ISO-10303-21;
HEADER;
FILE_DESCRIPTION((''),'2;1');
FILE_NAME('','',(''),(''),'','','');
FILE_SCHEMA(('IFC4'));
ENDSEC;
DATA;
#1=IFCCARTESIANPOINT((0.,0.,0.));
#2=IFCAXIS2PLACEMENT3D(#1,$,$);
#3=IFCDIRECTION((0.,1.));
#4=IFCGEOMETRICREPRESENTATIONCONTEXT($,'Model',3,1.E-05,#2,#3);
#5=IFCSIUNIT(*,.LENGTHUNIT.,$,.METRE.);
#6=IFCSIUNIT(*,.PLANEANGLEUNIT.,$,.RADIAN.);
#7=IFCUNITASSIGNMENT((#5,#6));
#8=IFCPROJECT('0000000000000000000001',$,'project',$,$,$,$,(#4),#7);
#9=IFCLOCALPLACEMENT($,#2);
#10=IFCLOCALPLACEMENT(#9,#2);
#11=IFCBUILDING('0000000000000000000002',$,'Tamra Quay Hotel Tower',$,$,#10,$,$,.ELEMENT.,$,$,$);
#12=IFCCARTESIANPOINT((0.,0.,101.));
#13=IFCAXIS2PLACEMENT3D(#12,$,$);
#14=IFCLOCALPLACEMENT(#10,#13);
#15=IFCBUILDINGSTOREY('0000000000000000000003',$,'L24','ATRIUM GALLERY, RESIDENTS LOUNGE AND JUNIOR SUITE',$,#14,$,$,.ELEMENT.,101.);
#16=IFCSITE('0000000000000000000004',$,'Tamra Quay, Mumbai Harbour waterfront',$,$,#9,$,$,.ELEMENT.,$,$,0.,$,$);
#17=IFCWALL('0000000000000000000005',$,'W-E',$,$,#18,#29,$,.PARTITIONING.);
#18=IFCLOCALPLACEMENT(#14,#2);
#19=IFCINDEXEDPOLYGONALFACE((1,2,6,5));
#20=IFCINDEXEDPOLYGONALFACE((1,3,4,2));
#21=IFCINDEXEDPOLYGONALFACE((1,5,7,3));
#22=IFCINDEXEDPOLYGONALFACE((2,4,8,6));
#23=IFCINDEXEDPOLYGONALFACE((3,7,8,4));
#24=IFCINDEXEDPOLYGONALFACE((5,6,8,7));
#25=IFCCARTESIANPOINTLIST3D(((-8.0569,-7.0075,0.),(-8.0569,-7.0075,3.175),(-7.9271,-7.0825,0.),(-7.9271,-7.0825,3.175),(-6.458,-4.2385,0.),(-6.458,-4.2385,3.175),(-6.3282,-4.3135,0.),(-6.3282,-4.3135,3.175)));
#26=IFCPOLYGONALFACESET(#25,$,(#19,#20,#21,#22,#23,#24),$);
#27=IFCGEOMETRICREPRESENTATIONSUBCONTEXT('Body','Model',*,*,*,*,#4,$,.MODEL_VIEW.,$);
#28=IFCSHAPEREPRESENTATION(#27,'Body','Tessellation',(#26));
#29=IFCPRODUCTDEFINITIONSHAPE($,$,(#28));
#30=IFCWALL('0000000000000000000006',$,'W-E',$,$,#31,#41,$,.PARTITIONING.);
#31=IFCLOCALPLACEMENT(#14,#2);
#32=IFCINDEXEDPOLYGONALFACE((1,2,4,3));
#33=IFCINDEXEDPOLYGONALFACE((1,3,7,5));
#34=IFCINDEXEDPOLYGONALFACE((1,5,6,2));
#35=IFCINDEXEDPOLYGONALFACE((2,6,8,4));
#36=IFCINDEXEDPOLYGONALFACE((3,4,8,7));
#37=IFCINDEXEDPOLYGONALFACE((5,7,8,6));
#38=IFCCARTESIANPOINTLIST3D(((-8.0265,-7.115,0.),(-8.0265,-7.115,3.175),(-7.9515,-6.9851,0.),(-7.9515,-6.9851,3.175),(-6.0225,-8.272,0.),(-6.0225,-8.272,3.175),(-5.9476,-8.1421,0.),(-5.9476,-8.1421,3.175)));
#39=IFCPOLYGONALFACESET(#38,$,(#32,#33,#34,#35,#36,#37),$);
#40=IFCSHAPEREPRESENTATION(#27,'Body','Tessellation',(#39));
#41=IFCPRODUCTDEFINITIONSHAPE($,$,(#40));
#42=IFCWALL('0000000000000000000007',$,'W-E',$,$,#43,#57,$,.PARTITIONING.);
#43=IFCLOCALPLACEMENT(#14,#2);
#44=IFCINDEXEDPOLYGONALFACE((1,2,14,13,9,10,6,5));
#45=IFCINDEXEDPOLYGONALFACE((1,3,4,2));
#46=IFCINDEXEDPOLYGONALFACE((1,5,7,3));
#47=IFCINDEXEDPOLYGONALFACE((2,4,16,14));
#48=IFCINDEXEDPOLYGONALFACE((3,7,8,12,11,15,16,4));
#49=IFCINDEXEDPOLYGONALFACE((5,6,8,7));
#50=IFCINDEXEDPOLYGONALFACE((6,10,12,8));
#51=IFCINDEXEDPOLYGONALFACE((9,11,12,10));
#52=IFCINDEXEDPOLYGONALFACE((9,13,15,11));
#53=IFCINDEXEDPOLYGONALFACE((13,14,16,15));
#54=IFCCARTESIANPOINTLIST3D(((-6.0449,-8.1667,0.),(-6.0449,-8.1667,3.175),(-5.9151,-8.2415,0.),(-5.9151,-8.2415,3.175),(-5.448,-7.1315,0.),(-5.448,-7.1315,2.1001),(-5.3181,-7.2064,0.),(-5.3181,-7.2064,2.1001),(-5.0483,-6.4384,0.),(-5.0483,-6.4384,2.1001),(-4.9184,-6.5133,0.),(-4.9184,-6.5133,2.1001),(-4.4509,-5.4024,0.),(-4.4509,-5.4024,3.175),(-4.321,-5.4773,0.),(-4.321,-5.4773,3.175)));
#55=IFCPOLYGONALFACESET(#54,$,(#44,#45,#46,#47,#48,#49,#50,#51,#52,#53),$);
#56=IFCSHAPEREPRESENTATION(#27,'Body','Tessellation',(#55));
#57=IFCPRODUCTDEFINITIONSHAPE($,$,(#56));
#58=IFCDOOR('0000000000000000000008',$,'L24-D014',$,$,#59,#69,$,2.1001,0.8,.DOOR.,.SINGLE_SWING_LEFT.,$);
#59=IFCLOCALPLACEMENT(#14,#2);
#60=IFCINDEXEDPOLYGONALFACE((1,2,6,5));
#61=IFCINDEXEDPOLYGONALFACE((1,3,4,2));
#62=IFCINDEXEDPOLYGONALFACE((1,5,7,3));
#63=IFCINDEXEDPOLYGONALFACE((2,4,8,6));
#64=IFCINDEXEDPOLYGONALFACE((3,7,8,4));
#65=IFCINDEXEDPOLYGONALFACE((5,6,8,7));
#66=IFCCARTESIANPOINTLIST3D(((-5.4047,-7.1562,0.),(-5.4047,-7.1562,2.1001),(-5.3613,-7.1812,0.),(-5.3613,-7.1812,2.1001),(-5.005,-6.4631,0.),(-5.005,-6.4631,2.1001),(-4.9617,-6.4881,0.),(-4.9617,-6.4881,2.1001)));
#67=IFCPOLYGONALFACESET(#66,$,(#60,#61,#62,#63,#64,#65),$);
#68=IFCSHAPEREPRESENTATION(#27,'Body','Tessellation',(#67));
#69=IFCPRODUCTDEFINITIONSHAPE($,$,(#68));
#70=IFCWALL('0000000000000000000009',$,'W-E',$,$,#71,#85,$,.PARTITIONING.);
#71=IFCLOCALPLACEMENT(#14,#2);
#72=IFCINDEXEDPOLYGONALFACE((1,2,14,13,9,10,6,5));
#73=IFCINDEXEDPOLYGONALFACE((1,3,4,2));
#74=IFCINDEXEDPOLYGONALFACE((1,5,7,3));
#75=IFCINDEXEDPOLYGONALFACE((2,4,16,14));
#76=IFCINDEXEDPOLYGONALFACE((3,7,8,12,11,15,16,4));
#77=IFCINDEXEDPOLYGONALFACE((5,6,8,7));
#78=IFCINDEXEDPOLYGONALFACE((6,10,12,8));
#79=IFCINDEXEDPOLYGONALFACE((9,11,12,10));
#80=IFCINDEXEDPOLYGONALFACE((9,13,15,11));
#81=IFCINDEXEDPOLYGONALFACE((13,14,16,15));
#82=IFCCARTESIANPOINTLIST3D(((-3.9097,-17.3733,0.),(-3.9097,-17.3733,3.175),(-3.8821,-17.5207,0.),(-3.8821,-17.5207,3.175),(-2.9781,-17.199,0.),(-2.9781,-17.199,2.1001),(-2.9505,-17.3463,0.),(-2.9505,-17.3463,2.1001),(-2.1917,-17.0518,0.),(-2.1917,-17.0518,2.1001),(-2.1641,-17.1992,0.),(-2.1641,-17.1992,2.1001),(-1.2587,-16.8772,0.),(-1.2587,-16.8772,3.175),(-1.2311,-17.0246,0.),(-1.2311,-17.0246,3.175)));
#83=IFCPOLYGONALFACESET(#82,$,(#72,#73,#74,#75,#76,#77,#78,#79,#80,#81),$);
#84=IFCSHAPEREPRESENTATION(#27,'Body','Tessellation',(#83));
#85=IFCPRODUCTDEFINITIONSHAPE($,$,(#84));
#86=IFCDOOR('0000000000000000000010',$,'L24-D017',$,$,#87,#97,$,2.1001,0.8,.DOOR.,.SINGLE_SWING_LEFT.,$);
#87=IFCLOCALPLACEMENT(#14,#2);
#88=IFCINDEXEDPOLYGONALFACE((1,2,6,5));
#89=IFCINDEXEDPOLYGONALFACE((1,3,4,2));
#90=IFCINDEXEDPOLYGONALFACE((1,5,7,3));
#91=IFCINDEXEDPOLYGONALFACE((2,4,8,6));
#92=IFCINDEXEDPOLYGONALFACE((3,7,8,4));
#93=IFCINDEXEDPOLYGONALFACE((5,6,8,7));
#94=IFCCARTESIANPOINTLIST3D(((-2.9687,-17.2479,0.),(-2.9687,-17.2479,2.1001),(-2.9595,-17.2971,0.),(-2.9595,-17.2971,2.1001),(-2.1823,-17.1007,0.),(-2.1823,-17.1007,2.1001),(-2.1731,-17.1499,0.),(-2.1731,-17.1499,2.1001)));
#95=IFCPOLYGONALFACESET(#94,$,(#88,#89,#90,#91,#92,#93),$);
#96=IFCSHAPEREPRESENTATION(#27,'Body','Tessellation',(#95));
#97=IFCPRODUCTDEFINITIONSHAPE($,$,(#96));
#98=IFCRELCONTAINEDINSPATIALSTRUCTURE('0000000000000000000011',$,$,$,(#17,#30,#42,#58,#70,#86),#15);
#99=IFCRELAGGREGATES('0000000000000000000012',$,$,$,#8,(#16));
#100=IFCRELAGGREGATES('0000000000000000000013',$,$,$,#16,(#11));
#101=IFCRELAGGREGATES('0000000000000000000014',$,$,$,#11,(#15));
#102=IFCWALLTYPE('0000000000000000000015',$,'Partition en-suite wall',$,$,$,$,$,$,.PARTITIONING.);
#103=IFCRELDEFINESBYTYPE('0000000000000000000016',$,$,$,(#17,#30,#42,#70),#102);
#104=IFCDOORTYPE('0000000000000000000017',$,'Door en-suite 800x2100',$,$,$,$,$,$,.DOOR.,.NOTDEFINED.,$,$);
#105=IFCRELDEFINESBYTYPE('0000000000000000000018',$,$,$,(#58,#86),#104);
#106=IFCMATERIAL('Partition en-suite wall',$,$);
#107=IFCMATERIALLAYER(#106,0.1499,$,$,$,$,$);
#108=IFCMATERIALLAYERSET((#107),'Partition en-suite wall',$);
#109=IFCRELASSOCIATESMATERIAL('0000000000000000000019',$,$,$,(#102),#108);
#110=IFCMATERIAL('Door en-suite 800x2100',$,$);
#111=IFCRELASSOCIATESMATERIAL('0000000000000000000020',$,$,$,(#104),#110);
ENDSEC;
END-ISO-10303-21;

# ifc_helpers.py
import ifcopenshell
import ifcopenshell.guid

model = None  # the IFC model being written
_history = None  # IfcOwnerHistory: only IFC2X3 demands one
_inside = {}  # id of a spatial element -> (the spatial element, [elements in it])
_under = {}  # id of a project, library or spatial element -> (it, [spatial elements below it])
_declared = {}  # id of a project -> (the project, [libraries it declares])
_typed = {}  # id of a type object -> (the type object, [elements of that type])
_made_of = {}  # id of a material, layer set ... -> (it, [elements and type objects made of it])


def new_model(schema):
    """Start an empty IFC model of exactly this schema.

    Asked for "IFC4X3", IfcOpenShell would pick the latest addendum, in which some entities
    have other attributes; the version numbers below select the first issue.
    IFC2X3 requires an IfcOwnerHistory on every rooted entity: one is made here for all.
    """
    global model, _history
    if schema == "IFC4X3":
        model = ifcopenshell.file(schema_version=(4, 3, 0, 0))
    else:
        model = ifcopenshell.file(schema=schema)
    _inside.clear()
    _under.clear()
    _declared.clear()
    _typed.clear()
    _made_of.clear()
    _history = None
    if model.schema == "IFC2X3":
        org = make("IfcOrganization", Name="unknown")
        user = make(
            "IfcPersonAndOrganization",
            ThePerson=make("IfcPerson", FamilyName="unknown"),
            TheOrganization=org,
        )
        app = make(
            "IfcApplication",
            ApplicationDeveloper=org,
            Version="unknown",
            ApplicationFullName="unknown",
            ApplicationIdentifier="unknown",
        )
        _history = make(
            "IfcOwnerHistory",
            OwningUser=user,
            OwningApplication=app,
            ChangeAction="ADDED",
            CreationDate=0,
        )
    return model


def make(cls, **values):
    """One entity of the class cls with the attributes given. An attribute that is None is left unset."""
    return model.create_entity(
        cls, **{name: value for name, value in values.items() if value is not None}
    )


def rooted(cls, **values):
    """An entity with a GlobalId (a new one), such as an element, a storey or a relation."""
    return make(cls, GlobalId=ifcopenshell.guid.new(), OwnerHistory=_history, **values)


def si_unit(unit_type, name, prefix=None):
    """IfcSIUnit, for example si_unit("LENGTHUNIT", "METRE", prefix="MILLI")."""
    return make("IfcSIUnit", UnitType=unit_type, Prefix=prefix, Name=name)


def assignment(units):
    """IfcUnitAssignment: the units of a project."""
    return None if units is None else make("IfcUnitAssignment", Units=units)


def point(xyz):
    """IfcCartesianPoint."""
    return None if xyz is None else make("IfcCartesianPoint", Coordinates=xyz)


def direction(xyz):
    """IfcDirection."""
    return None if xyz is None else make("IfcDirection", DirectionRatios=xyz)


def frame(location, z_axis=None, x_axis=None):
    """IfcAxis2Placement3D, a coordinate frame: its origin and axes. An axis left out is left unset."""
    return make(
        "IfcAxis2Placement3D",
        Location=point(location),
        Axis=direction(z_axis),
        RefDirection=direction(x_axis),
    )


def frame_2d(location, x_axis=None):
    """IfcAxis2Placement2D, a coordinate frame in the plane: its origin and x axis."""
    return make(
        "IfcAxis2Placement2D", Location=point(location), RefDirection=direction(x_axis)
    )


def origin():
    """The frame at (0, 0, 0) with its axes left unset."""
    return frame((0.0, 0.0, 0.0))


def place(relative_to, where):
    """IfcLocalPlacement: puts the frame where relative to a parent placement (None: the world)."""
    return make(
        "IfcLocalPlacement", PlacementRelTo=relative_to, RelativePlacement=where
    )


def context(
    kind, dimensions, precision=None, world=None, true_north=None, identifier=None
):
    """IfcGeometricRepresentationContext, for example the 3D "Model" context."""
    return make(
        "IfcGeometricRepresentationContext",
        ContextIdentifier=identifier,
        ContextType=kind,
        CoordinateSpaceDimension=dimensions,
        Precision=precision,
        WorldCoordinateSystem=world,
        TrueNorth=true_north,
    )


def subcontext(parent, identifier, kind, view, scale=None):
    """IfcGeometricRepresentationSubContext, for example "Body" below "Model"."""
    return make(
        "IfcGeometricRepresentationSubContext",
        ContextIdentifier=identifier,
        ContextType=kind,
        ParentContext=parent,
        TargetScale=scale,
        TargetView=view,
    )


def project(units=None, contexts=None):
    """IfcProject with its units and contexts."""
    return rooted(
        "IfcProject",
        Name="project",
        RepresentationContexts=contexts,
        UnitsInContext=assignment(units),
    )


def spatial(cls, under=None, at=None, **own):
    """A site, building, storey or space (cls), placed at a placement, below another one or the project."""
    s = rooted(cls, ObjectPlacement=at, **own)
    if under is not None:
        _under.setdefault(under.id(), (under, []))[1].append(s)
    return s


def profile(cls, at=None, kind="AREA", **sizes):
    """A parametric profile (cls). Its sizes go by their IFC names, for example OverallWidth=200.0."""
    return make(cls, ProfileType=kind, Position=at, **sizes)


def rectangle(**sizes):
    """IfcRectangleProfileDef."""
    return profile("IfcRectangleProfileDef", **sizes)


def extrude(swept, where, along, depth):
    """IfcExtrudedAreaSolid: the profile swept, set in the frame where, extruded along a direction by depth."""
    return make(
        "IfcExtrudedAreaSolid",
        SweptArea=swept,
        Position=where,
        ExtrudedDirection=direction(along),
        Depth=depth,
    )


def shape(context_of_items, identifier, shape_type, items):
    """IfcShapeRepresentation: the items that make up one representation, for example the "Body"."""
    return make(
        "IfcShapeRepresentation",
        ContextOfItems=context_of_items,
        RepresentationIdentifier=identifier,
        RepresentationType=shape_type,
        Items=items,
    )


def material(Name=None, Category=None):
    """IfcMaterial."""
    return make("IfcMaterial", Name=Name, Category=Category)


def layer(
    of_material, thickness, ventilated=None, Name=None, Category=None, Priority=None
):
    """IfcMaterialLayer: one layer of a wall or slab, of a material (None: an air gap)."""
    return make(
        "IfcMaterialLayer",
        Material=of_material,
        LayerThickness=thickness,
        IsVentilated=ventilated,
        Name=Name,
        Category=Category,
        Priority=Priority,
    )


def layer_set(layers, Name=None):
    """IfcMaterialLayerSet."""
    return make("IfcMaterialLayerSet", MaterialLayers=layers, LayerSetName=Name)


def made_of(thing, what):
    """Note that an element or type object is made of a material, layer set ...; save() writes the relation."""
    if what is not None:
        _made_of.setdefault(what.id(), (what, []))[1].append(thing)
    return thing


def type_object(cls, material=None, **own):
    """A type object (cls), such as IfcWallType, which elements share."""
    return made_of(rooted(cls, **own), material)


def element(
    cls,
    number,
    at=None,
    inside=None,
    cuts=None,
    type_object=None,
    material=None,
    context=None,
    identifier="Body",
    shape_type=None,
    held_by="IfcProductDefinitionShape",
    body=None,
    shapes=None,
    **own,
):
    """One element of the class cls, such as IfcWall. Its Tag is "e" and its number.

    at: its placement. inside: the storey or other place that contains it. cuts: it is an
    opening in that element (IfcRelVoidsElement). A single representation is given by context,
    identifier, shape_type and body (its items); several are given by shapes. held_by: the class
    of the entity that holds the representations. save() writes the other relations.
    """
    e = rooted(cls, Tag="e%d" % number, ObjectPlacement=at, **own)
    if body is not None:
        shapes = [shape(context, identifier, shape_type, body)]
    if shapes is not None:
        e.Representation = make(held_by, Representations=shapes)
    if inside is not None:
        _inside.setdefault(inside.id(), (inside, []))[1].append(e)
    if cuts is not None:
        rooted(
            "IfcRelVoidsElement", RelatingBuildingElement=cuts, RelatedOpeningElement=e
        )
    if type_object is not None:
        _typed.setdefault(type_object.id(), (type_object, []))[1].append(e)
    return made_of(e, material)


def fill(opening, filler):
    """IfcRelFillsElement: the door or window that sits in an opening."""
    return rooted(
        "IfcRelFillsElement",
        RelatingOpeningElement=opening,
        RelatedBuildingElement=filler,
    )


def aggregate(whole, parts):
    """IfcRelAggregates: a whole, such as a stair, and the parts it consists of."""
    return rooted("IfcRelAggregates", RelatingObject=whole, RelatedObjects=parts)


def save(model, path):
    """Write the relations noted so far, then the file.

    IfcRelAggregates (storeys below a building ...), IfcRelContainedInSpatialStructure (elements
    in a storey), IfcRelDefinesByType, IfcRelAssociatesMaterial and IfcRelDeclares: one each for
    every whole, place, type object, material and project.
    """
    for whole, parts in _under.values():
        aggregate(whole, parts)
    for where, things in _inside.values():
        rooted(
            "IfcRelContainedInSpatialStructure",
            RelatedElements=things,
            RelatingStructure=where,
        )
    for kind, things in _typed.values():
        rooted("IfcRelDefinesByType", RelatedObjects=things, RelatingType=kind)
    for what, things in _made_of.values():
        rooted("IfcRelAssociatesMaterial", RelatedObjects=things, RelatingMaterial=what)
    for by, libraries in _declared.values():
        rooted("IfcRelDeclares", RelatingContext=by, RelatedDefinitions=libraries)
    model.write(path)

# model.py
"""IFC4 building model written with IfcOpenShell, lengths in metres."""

from ifc_helpers import new_model, si_unit, direction, frame, frame_2d, origin, place, context, subcontext, project, spatial, rectangle, extrude, material, layer, layer_set, type_object, element, fill, save


model = new_model("IFC4")

# Units and contexts
model_context = context("Model", 3, precision=1e-05, world=origin(), true_north=direction((0.0, 1.0)))
body_context = subcontext(model_context, "Body", "Model", "MODEL_VIEW")
ifc_project = project(units=[si_unit("LENGTHUNIT", "METRE"), si_unit("PLANEANGLEUNIT", "RADIAN")], contexts=[model_context])

# Site, building, storey
site_placement = place(None, origin())
site = spatial("IfcSite", under=ifc_project, at=site_placement, Name="Tamra Quay, Mumbai Harbour waterfront", CompositionType="ELEMENT", RefElevation=0.0)
building_placement = place(site_placement, origin())
building = spatial("IfcBuilding", under=site, at=building_placement, Name="Tamra Quay Hotel Tower", CompositionType="ELEMENT")
storey_placement = place(building_placement, frame((0.0, 0.0, 101.0)))
storey = spatial("IfcBuildingStorey", under=building, at=storey_placement, Name="L24", Description="ATRIUM GALLERY, RESIDENTS LOUNGE AND JUNIOR SUITE", CompositionType="ELEMENT", Elevation=101.0)

# Walls
ifc_material_1 = material(Name="Partition en-suite wall")
ifc_layer_1 = layer(ifc_material_1, 0.1499)
ifc_layer_set_1 = layer_set([ifc_layer_1], Name="Partition en-suite wall")
wall_type_1 = type_object("IfcWallType", Name="Partition en-suite wall", PredefinedType="PARTITIONING", material=ifc_layer_set_1)
wall_1_placement = place(storey_placement, frame((-7.9919, -7.0449, 0.0), z_axis=(0.0, 0.0, 1.0), x_axis=(0.50004, 0.866002, 0.0)))
element("IfcWall", 1, at=wall_1_placement, inside=storey, type_object=wall_type_1, Name="W-E", PredefinedType="PARTITIONING", context=body_context, shape_type="SweptSolid", body=[
    extrude(rectangle(XDim=3.1975, YDim=0.1499, at=frame_2d((1.5986, 0.0))), origin(), (0.0, 0.0, 1.0), 3.175),
])
wall_2_placement = place(storey_placement, frame((-7.989, -7.05, 0.0), z_axis=(0.0, 0.0, 1.0), x_axis=(0.86602, -0.500009, 0.0)))
element("IfcWall", 2, at=wall_2_placement, inside=storey, type_object=wall_type_1, Name="W-E", PredefinedType="PARTITIONING", context=body_context, shape_type="SweptSolid", body=[
    extrude(rectangle(XDim=2.314, YDim=0.1499, at=frame_2d((1.157, 0.0))), origin(), (0.0, 0.0, 1.0), 3.175),
])

# Walls, openings, doors
wall_3_placement = place(storey_placement, frame((-5.98, -8.2041, 0.0), z_axis=(0.0, 0.0, 1.0), x_axis=(0.499555, 0.866282, 0.0)))
wall_3 = element("IfcWall", 3, at=wall_3_placement, inside=storey, type_object=wall_type_1, Name="W-E", PredefinedType="PARTITIONING", context=body_context, shape_type="SweptSolid", body=[
    extrude(rectangle(XDim=3.1909, YDim=0.1499, at=frame_2d((1.5955, 0.0))), origin(), (0.0, 0.0, 1.0), 3.175),
])
opening_1_placement = place(wall_3_placement, frame((1.1951, 0.0, 0.0)))
opening_1 = element("IfcOpeningElement", 4, at=opening_1_placement, cuts=wall_3, PredefinedType="OPENING", context=body_context, shape_type="SweptSolid", body=[
    extrude(rectangle(XDim=0.8, YDim=2.1001, at=frame_2d((0.3999, 1.05))), frame((0.0, 0.085, 0.0), z_axis=(0.0, -1.0, 0.0), x_axis=(1.0, 0.0, 0.0)), (0.0, 0.0, 1.0), 0.1699),
])
ifc_material_2 = material(Name="Door en-suite 800x2100")
door_type_1 = type_object("IfcDoorType", Name="Door en-suite 800x2100", OperationType="NOTDEFINED", PredefinedType="DOOR", material=ifc_material_2)
door_1_placement = place(opening_1_placement, frame((0.8, 0.0, 0.0), z_axis=(0.0, 0.0, 1.0), x_axis=(-1.0, 0.0, 0.0)))
door_1 = element("IfcDoor", 5, at=door_1_placement, inside=storey, type_object=door_type_1, Name="L24-D014", OperationType="SINGLE_SWING_LEFT", OverallHeight=2.1001, OverallWidth=0.8, PredefinedType="DOOR", context=body_context, shape_type="SweptSolid", body=[
    extrude(rectangle(XDim=0.8, YDim=2.1001, at=frame_2d((0.3999, 1.05))), frame((0.0, 0.0249, 0.0), z_axis=(0.0, -1.0, 0.0), x_axis=(1.0, 0.0, 0.0)), (0.0, 0.0, 1.0), 0.05),
])
fill(opening_1, door_1)
wall_4_placement = place(storey_placement, frame((-3.896, -17.447, 0.0), z_axis=(0.0, 0.0, 1.0), x_axis=(0.982936, 0.18395, 0.0)))
wall_4 = element("IfcWall", 6, at=wall_4_placement, inside=storey, type_object=wall_type_1, Name="W-E", PredefinedType="PARTITIONING", context=body_context, shape_type="SweptSolid", body=[
    extrude(rectangle(XDim=2.697, YDim=0.1499, at=frame_2d((1.3486, 0.0))), origin(), (0.0, 0.0, 1.0), 3.175),
])
opening_2_placement = place(wall_4_placement, frame((0.948, 0.0, 0.0)))
opening_2 = element("IfcOpeningElement", 7, at=opening_2_placement, cuts=wall_4, PredefinedType="OPENING", context=body_context, shape_type="SweptSolid", body=[
    extrude(rectangle(XDim=0.8, YDim=2.1001, at=frame_2d((0.3999, 1.05))), frame((0.0, 0.085, 0.0), z_axis=(0.0, -1.0, 0.0), x_axis=(1.0, 0.0, 0.0)), (0.0, 0.0, 1.0), 0.1699),
])
door_2_placement = place(opening_2_placement, frame((0.8, 0.0, 0.0), z_axis=(0.0, 0.0, 1.0), x_axis=(-1.0, 0.0, 0.0)))
door_2 = element("IfcDoor", 8, at=door_2_placement, inside=storey, type_object=door_type_1, Name="L24-D017", OperationType="SINGLE_SWING_LEFT", OverallHeight=2.1001, OverallWidth=0.8, PredefinedType="DOOR", context=body_context, shape_type="SweptSolid", body=[
    extrude(rectangle(XDim=0.8, YDim=2.1001, at=frame_2d((0.3999, 1.05))), frame((0.0, 0.0249, 0.0), z_axis=(0.0, -1.0, 0.0), x_axis=(1.0, 0.0, 0.0)), (0.0, 0.0, 1.0), 0.05),
])
fill(opening_2, door_2)

save(model, "model.ifc")
